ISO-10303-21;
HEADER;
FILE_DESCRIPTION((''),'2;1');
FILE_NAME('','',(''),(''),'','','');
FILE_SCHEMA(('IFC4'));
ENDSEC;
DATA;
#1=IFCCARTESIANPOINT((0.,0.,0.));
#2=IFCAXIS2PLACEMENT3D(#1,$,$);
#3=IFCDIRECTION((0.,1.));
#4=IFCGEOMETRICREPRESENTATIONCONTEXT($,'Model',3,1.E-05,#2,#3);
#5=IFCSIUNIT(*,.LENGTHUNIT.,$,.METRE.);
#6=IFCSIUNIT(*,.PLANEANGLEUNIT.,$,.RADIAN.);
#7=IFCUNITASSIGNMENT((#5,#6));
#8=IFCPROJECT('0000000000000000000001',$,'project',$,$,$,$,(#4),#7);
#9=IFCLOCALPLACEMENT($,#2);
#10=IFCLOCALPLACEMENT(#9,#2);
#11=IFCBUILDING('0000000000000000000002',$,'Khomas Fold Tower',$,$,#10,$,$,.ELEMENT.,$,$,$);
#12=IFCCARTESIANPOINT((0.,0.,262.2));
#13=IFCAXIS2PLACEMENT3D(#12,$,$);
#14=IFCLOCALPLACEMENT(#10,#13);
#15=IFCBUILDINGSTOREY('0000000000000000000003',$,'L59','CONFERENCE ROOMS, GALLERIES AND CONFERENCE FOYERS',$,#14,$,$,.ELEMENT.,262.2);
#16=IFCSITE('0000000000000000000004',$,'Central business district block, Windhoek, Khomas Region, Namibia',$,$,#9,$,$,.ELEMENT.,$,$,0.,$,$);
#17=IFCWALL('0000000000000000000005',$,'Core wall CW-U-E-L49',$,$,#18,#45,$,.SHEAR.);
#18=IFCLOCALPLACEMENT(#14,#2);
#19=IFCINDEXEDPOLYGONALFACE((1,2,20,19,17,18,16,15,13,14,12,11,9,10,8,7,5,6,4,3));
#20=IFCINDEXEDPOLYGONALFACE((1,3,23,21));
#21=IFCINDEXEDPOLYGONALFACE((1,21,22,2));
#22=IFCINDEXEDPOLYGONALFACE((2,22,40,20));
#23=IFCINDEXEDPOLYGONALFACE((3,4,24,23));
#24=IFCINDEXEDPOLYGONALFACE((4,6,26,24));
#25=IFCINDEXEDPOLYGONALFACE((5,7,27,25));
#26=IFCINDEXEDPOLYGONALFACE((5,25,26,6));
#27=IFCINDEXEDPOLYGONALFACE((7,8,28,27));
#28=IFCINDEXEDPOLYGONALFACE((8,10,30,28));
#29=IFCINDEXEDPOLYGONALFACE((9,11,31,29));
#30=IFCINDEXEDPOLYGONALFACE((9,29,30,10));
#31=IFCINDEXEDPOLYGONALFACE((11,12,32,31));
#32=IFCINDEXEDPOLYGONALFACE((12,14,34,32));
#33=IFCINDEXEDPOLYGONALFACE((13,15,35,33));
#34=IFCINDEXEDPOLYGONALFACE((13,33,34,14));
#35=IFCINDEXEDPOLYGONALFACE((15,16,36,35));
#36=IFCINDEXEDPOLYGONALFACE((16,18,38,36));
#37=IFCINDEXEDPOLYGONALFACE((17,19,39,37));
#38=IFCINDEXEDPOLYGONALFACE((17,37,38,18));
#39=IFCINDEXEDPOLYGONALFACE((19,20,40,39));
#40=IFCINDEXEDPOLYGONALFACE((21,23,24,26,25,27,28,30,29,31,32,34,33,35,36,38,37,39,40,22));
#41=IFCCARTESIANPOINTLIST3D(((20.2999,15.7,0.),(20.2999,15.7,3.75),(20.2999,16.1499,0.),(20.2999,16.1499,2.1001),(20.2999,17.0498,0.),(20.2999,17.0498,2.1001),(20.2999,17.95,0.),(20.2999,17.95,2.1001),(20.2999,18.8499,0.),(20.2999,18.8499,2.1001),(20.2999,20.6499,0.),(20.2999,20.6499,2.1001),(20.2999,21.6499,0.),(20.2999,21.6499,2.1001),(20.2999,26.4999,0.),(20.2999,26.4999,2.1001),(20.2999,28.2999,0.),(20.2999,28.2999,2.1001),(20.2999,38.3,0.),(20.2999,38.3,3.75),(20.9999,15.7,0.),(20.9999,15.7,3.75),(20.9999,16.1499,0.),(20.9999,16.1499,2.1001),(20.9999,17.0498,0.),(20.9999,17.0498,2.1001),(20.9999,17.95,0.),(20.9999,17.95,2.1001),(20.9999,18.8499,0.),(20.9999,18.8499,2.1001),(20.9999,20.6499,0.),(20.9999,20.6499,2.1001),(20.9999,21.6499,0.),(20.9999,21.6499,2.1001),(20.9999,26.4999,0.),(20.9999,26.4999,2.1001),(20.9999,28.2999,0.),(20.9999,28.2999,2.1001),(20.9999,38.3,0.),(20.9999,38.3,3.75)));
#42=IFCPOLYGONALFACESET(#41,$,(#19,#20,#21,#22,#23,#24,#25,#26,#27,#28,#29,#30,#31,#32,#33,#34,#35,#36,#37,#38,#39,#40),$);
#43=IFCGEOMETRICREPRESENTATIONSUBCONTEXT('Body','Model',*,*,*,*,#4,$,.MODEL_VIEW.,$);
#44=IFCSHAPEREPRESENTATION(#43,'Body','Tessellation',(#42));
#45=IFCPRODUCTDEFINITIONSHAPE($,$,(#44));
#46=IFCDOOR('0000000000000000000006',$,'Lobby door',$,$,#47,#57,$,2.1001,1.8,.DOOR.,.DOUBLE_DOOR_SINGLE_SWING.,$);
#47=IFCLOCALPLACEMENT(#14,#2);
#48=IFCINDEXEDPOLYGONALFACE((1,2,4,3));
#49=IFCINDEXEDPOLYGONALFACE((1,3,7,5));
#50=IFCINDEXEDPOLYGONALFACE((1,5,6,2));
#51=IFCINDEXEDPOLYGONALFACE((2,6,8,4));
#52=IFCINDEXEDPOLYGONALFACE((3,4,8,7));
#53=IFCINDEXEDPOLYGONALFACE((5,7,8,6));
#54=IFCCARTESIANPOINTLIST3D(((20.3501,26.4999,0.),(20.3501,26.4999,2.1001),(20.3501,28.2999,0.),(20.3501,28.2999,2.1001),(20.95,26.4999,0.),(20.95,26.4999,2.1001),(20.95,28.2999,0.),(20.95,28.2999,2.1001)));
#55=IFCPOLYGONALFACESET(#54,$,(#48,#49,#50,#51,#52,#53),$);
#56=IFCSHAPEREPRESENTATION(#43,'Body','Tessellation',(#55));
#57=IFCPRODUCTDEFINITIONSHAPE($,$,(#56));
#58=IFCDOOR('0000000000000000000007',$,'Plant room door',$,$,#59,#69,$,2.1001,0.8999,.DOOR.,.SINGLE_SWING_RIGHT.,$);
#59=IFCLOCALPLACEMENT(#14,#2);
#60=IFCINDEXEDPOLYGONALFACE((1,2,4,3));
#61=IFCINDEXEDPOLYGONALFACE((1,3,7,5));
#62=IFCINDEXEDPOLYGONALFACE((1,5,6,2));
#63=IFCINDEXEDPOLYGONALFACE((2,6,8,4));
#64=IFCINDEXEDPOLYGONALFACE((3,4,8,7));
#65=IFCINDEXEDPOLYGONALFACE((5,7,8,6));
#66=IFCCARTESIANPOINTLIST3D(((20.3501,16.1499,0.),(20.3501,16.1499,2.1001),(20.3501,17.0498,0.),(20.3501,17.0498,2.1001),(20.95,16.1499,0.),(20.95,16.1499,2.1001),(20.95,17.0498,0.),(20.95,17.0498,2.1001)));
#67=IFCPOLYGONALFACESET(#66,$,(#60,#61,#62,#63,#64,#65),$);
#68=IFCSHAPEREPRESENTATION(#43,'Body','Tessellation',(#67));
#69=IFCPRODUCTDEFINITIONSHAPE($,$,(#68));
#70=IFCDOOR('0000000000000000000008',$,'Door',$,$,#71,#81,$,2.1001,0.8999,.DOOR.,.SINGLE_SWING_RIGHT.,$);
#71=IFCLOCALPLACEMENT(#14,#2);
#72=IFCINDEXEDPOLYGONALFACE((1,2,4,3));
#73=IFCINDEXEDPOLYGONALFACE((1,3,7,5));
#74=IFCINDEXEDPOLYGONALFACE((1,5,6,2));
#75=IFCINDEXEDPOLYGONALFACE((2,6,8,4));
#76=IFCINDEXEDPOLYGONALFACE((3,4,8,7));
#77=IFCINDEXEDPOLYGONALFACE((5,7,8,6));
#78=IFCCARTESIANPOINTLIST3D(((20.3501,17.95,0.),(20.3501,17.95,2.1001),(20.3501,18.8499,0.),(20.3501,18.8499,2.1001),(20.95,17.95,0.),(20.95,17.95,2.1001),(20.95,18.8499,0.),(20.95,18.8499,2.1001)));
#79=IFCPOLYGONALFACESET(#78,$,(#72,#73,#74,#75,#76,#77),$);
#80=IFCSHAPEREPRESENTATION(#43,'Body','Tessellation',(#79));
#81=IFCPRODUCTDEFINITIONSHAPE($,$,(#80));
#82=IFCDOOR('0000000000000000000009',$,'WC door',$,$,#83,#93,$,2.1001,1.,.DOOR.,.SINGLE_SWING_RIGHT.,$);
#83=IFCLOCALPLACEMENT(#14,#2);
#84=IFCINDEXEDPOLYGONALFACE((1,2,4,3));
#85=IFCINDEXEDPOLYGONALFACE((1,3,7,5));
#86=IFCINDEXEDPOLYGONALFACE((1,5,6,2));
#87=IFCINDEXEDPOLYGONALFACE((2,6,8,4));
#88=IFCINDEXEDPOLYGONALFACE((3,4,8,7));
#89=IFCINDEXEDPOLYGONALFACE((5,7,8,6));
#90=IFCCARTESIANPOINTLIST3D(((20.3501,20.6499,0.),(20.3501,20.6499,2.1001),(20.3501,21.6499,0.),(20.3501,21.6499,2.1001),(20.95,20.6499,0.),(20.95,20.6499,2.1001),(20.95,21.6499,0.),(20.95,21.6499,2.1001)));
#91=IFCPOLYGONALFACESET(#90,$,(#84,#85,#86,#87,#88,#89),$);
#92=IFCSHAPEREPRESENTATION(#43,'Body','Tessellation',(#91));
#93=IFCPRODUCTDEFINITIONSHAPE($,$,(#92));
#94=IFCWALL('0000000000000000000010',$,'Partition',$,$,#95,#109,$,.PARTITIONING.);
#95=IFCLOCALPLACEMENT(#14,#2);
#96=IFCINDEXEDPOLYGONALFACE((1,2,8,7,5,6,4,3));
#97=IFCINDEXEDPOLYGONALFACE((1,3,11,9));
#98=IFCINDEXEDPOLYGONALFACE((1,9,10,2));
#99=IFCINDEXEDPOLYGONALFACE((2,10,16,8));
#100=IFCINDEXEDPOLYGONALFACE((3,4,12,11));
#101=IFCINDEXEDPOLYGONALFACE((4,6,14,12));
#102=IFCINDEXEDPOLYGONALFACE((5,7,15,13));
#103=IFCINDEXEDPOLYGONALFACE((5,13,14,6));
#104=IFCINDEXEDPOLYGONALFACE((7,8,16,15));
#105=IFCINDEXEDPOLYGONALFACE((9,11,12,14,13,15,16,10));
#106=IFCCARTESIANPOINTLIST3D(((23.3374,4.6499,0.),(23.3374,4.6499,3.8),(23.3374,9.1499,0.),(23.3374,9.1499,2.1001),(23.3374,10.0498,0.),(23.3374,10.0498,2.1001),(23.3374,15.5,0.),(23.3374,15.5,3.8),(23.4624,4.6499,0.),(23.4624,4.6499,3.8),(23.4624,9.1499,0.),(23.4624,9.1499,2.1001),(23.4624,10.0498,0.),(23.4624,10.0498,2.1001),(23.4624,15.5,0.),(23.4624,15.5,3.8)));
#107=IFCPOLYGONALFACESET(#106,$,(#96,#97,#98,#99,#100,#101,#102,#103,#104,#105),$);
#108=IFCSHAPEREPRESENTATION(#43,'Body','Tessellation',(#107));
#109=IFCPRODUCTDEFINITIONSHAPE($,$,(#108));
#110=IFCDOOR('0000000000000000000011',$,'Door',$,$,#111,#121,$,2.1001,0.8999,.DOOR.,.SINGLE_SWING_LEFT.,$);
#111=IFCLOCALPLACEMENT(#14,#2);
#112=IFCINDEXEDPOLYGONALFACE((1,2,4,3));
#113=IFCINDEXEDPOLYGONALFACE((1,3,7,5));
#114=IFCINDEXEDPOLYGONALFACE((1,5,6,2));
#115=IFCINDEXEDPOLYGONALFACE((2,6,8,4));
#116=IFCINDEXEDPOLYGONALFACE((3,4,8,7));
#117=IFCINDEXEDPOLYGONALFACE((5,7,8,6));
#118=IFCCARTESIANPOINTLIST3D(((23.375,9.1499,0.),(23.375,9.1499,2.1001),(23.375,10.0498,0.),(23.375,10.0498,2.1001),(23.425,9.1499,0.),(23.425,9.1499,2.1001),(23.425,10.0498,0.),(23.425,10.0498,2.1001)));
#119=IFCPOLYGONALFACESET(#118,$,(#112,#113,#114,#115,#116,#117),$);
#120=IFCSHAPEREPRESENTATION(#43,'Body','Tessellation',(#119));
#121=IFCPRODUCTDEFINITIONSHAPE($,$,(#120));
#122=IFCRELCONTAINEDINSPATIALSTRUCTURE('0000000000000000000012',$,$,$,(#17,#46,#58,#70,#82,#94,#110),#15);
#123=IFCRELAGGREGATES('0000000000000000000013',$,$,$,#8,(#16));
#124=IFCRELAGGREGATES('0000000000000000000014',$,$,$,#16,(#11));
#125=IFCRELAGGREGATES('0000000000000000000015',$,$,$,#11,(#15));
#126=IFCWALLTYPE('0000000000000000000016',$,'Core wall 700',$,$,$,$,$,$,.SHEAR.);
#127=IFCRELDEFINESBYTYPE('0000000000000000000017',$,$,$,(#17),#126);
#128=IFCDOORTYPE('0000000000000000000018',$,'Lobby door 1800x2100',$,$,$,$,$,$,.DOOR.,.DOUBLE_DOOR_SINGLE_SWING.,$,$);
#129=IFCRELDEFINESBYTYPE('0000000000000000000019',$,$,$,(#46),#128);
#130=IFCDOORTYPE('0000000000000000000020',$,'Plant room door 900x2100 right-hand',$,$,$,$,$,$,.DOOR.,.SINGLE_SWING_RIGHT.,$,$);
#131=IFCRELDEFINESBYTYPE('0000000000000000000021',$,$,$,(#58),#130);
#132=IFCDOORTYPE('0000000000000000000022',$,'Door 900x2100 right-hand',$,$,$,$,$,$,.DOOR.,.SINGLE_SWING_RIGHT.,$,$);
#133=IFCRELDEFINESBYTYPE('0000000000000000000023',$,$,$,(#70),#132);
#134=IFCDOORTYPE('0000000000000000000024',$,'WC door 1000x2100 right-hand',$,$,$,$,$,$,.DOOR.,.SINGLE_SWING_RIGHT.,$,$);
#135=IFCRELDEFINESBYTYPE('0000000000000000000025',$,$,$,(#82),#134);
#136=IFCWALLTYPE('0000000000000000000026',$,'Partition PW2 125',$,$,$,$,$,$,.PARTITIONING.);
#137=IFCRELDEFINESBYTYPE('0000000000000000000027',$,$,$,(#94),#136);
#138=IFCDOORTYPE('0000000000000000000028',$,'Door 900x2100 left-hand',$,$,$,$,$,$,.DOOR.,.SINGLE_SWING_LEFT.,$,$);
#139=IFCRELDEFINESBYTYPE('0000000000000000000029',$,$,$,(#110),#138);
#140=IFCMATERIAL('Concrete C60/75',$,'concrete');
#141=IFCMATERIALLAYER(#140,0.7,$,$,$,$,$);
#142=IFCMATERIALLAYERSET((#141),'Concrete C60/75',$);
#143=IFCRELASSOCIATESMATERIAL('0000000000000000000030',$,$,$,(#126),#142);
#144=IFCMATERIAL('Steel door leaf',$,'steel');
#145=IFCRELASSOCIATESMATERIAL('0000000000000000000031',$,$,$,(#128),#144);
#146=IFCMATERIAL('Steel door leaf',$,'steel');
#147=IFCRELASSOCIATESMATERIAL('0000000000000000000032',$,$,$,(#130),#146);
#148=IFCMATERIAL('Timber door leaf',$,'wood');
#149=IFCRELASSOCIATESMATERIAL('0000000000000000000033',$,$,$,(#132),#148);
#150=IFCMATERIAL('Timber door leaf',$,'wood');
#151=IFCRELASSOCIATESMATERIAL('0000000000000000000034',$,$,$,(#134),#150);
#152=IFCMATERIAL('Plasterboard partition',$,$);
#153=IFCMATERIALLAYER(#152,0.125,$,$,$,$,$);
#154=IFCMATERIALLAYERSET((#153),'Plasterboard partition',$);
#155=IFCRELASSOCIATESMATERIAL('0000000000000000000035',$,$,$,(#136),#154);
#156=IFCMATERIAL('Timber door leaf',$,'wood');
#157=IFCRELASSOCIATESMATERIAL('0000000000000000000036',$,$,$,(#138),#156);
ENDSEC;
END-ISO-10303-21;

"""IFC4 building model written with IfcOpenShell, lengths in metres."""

from ifc_helpers import new_model, si_unit, direction, frame, frame_2d, origin, place, context, subcontext, project, spatial, rectangle, extrude, source, transform, mapped, material, layer, layer_set, type_object, element, fill, save


model = new_model("IFC4")

# Units and contexts
model_context = context("Model", 3, precision=1e-05, world=origin(), true_north=direction((0.0, 1.0)))
body_context = subcontext(model_context, "Body", "Model", "MODEL_VIEW")
ifc_project = project(units=[si_unit("LENGTHUNIT", "METRE"), si_unit("PLANEANGLEUNIT", "RADIAN")], contexts=[model_context])

# Site, building, storey
site_placement = place(None, origin())
site = spatial("IfcSite", under=ifc_project, at=site_placement, Name="Central business district block, Windhoek, Khomas Region, Namibia", CompositionType="ELEMENT", RefElevation=0.0)
building_placement = place(site_placement, origin())
building = spatial("IfcBuilding", under=site, at=building_placement, Name="Khomas Fold Tower", CompositionType="ELEMENT")
storey_placement = place(building_placement, frame((0.0, 0.0, 262.2)))
storey = spatial("IfcBuildingStorey", under=building, at=storey_placement, Name="L59", Description="CONFERENCE ROOMS, GALLERIES AND CONFERENCE FOYERS", CompositionType="ELEMENT", Elevation=262.2)

# Wall, openings, doors
ifc_material_1 = material(Name="Concrete C60/75", Category="concrete")
ifc_layer_1 = layer(ifc_material_1, 0.7)
ifc_layer_set_1 = layer_set([ifc_layer_1], Name="Concrete C60/75")
wall_type_1 = type_object("IfcWallType", Name="Core wall 700", PredefinedType="SHEAR", material=ifc_layer_set_1)
shared_shape_1 = source(origin(), body_context, "Body", "SweptSolid", [
    extrude(rectangle(XDim=22.6001, YDim=0.7, at=frame_2d((11.3, 0.0))), origin(), (0.0, 0.0, 1.0), 3.75),
])
wall_1_placement = place(storey_placement, frame((20.6499, 15.7, 0.0), z_axis=(0.0, 0.0, 1.0), x_axis=(0.0, 1.0, 0.0)))
wall_1 = element("IfcWall", 1, at=wall_1_placement, inside=storey, type_object=wall_type_1, Name="Core wall CW-U-E-L49", PredefinedType="SHEAR", context=body_context, shape_type="MappedRepresentation", body=[
    mapped(shared_shape_1, transform((0.0, 0.0, 0.0))),
])
shared_shape_2 = source(origin(), body_context, "Body", "SweptSolid", [
    extrude(rectangle(XDim=1.8, YDim=2.1001, at=frame_2d((0.8999, 1.05))), frame((0.0, 0.3599, 0.0), z_axis=(0.0, -1.0, 0.0), x_axis=(1.0, 0.0, 0.0)), (0.0, 0.0, 1.0), 0.72),
])
opening_1_placement = place(wall_1_placement, frame((10.8, 0.0, 0.0)))
opening_1 = element("IfcOpeningElement", 2, at=opening_1_placement, cuts=wall_1, PredefinedType="OPENING", context=body_context, shape_type="MappedRepresentation", body=[
    mapped(shared_shape_2, transform((0.0, 0.0, 0.0))),
])
shared_shape_3 = source(origin(), body_context, "Body", "SweptSolid", [
    extrude(rectangle(XDim=0.8999, YDim=2.1001, at=frame_2d((0.45, 1.05))), frame((0.0, 0.3599, 0.0), z_axis=(0.0, -1.0, 0.0), x_axis=(1.0, 0.0, 0.0)), (0.0, 0.0, 1.0), 0.72),
])
opening_2_placement = place(wall_1_placement, frame((0.45, 0.0, 0.0)))
opening_2 = element("IfcOpeningElement", 3, at=opening_2_placement, cuts=wall_1, PredefinedType="OPENING", context=body_context, shape_type="MappedRepresentation", body=[
    mapped(shared_shape_3, transform((0.0, 0.0, 0.0))),
])
opening_3_placement = place(wall_1_placement, frame((2.25, 0.0, 0.0)))
opening_3 = element("IfcOpeningElement", 4, at=opening_3_placement, cuts=wall_1, PredefinedType="OPENING", context=body_context, shape_type="MappedRepresentation", body=[
    mapped(shared_shape_3, transform((0.0, 0.0, 0.0))),
])
shared_shape_4 = source(origin(), body_context, "Body", "SweptSolid", [
    extrude(rectangle(XDim=1.0, YDim=2.1001, at=frame_2d((0.5, 1.05))), frame((0.0, 0.3599, 0.0), z_axis=(0.0, -1.0, 0.0), x_axis=(1.0, 0.0, 0.0)), (0.0, 0.0, 1.0), 0.72),
])
opening_4_placement = place(wall_1_placement, frame((4.95, 0.0, 0.0)))
opening_4 = element("IfcOpeningElement", 5, at=opening_4_placement, cuts=wall_1, PredefinedType="OPENING", context=body_context, shape_type="MappedRepresentation", body=[
    mapped(shared_shape_4, transform((0.0, 0.0, 0.0))),
])
ifc_material_2 = material(Name="Steel door leaf", Category="steel")
door_type_1 = type_object("IfcDoorType", Name="Lobby door 1800x2100", OperationType="DOUBLE_DOOR_SINGLE_SWING", PredefinedType="DOOR", material=ifc_material_2)
shared_shape_5 = source(origin(), body_context, "Body", "SweptSolid", [
    extrude(rectangle(XDim=1.8, YDim=2.1001, at=frame_2d((0.8999, 1.05))), frame((0.0, 0.2998, 0.0), z_axis=(0.0, -1.0, 0.0), x_axis=(1.0, 0.0, 0.0)), (0.0, 0.0, 1.0), 0.5999),
])
door_1_placement = place(opening_1_placement, origin())
door_1 = element("IfcDoor", 6, at=door_1_placement, inside=storey, type_object=door_type_1, Name="Lobby door", OperationType="DOUBLE_DOOR_SINGLE_SWING", OverallHeight=2.1001, OverallWidth=1.8, PredefinedType="DOOR", context=body_context, shape_type="MappedRepresentation", body=[
    mapped(shared_shape_5, transform((0.0, 0.0, 0.0))),
])
fill(opening_1, door_1)
ifc_material_3 = material(Name="Steel door leaf", Category="steel")
door_type_2 = type_object("IfcDoorType", Name="Plant room door 900x2100 right-hand", OperationType="SINGLE_SWING_RIGHT", PredefinedType="DOOR", material=ifc_material_3)
shared_shape_6 = source(origin(), body_context, "Body", "SweptSolid", [
    extrude(rectangle(XDim=0.8999, YDim=2.1001, at=frame_2d((0.45, 1.05))), frame((0.0, 0.2998, 0.0), z_axis=(0.0, -1.0, 0.0), x_axis=(1.0, 0.0, 0.0)), (0.0, 0.0, 1.0), 0.5999),
])
door_2_placement = place(opening_2_placement, origin())
door_2 = element("IfcDoor", 7, at=door_2_placement, inside=storey, type_object=door_type_2, Name="Plant room door", OperationType="SINGLE_SWING_RIGHT", OverallHeight=2.1001, OverallWidth=0.8999, PredefinedType="DOOR", context=body_context, shape_type="MappedRepresentation", body=[
    mapped(shared_shape_6, transform((0.0, 0.0, 0.0))),
])
fill(opening_2, door_2)
ifc_material_4 = material(Name="Timber door leaf", Category="wood")
door_type_3 = type_object("IfcDoorType", Name="Door 900x2100 right-hand", OperationType="SINGLE_SWING_RIGHT", PredefinedType="DOOR", material=ifc_material_4)
door_3_placement = place(opening_3_placement, origin())
door_3 = element("IfcDoor", 8, at=door_3_placement, inside=storey, type_object=door_type_3, Name="Door", OperationType="SINGLE_SWING_RIGHT", OverallHeight=2.1001, OverallWidth=0.8999, PredefinedType="DOOR", context=body_context, shape_type="MappedRepresentation", body=[
    mapped(shared_shape_6, transform((0.0, 0.0, 0.0))),
])
fill(opening_3, door_3)
ifc_material_5 = material(Name="Timber door leaf", Category="wood")
door_type_4 = type_object("IfcDoorType", Name="WC door 1000x2100 right-hand", OperationType="SINGLE_SWING_RIGHT", PredefinedType="DOOR", material=ifc_material_5)
shared_shape_7 = source(origin(), body_context, "Body", "SweptSolid", [
    extrude(rectangle(XDim=1.0, YDim=2.1001, at=frame_2d((0.5, 1.05))), frame((0.0, 0.2998, 0.0), z_axis=(0.0, -1.0, 0.0), x_axis=(1.0, 0.0, 0.0)), (0.0, 0.0, 1.0), 0.5999),
])
door_4_placement = place(opening_4_placement, origin())
door_4 = element("IfcDoor", 9, at=door_4_placement, inside=storey, type_object=door_type_4, Name="WC door", OperationType="SINGLE_SWING_RIGHT", OverallHeight=2.1001, OverallWidth=1.0, PredefinedType="DOOR", context=body_context, shape_type="MappedRepresentation", body=[
    mapped(shared_shape_7, transform((0.0, 0.0, 0.0))),
])
fill(opening_4, door_4)

# Wall, opening, door
ifc_material_6 = material(Name="Plasterboard partition")
ifc_layer_2 = layer(ifc_material_6, 0.125)
ifc_layer_set_2 = layer_set([ifc_layer_2], Name="Plasterboard partition")
wall_type_2 = type_object("IfcWallType", Name="Partition PW2 125", PredefinedType="PARTITIONING", material=ifc_layer_set_2)
shared_shape_8 = source(origin(), body_context, "Body", "SweptSolid", [
    extrude(rectangle(XDim=10.8501, YDim=0.125, at=frame_2d((5.425, 0.0))), origin(), (0.0, 0.0, 1.0), 3.8),
])
wall_2_placement = place(storey_placement, frame((23.3999, 4.6499, 0.0), z_axis=(0.0, 0.0, 1.0), x_axis=(0.0, 1.0, 0.0)))
wall_2 = element("IfcWall", 10, at=wall_2_placement, inside=storey, type_object=wall_type_2, Name="Partition", PredefinedType="PARTITIONING", context=body_context, shape_type="MappedRepresentation", body=[
    mapped(shared_shape_8, transform((0.0, 0.0, 0.0))),
])
shared_shape_9 = source(origin(), body_context, "Body", "SweptSolid", [
    extrude(rectangle(XDim=0.8999, YDim=2.1001, at=frame_2d((0.45, 1.05))), frame((0.0, 0.0725, 0.0), z_axis=(0.0, -1.0, 0.0), x_axis=(1.0, 0.0, 0.0)), (0.0, 0.0, 1.0), 0.145),
])
opening_5_placement = place(wall_2_placement, frame((4.5, 0.0, 0.0)))
opening_5 = element("IfcOpeningElement", 11, at=opening_5_placement, cuts=wall_2, PredefinedType="OPENING", context=body_context, shape_type="MappedRepresentation", body=[
    mapped(shared_shape_9, transform((0.0, 0.0, 0.0))),
])
ifc_material_7 = material(Name="Timber door leaf", Category="wood")
door_type_5 = type_object("IfcDoorType", Name="Door 900x2100 left-hand", OperationType="SINGLE_SWING_LEFT", PredefinedType="DOOR", material=ifc_material_7)
shared_shape_10 = source(origin(), body_context, "Body", "SweptSolid", [
    extrude(rectangle(XDim=0.8999, YDim=2.1001, at=frame_2d((0.45, 1.05))), frame((0.0, 0.0249, 0.0), z_axis=(0.0, -1.0, 0.0), x_axis=(1.0, 0.0, 0.0)), (0.0, 0.0, 1.0), 0.05),
])
door_5_placement = place(opening_5_placement, origin())
door_5 = element("IfcDoor", 12, at=door_5_placement, inside=storey, type_object=door_type_5, Name="Door", OperationType="SINGLE_SWING_LEFT", OverallHeight=2.1001, OverallWidth=0.8999, PredefinedType="DOOR", context=body_context, shape_type="MappedRepresentation", body=[
    mapped(shared_shape_10, transform((0.0, 0.0, 0.0))),
])
fill(opening_5, door_5)

save(model, "model.ifc")
